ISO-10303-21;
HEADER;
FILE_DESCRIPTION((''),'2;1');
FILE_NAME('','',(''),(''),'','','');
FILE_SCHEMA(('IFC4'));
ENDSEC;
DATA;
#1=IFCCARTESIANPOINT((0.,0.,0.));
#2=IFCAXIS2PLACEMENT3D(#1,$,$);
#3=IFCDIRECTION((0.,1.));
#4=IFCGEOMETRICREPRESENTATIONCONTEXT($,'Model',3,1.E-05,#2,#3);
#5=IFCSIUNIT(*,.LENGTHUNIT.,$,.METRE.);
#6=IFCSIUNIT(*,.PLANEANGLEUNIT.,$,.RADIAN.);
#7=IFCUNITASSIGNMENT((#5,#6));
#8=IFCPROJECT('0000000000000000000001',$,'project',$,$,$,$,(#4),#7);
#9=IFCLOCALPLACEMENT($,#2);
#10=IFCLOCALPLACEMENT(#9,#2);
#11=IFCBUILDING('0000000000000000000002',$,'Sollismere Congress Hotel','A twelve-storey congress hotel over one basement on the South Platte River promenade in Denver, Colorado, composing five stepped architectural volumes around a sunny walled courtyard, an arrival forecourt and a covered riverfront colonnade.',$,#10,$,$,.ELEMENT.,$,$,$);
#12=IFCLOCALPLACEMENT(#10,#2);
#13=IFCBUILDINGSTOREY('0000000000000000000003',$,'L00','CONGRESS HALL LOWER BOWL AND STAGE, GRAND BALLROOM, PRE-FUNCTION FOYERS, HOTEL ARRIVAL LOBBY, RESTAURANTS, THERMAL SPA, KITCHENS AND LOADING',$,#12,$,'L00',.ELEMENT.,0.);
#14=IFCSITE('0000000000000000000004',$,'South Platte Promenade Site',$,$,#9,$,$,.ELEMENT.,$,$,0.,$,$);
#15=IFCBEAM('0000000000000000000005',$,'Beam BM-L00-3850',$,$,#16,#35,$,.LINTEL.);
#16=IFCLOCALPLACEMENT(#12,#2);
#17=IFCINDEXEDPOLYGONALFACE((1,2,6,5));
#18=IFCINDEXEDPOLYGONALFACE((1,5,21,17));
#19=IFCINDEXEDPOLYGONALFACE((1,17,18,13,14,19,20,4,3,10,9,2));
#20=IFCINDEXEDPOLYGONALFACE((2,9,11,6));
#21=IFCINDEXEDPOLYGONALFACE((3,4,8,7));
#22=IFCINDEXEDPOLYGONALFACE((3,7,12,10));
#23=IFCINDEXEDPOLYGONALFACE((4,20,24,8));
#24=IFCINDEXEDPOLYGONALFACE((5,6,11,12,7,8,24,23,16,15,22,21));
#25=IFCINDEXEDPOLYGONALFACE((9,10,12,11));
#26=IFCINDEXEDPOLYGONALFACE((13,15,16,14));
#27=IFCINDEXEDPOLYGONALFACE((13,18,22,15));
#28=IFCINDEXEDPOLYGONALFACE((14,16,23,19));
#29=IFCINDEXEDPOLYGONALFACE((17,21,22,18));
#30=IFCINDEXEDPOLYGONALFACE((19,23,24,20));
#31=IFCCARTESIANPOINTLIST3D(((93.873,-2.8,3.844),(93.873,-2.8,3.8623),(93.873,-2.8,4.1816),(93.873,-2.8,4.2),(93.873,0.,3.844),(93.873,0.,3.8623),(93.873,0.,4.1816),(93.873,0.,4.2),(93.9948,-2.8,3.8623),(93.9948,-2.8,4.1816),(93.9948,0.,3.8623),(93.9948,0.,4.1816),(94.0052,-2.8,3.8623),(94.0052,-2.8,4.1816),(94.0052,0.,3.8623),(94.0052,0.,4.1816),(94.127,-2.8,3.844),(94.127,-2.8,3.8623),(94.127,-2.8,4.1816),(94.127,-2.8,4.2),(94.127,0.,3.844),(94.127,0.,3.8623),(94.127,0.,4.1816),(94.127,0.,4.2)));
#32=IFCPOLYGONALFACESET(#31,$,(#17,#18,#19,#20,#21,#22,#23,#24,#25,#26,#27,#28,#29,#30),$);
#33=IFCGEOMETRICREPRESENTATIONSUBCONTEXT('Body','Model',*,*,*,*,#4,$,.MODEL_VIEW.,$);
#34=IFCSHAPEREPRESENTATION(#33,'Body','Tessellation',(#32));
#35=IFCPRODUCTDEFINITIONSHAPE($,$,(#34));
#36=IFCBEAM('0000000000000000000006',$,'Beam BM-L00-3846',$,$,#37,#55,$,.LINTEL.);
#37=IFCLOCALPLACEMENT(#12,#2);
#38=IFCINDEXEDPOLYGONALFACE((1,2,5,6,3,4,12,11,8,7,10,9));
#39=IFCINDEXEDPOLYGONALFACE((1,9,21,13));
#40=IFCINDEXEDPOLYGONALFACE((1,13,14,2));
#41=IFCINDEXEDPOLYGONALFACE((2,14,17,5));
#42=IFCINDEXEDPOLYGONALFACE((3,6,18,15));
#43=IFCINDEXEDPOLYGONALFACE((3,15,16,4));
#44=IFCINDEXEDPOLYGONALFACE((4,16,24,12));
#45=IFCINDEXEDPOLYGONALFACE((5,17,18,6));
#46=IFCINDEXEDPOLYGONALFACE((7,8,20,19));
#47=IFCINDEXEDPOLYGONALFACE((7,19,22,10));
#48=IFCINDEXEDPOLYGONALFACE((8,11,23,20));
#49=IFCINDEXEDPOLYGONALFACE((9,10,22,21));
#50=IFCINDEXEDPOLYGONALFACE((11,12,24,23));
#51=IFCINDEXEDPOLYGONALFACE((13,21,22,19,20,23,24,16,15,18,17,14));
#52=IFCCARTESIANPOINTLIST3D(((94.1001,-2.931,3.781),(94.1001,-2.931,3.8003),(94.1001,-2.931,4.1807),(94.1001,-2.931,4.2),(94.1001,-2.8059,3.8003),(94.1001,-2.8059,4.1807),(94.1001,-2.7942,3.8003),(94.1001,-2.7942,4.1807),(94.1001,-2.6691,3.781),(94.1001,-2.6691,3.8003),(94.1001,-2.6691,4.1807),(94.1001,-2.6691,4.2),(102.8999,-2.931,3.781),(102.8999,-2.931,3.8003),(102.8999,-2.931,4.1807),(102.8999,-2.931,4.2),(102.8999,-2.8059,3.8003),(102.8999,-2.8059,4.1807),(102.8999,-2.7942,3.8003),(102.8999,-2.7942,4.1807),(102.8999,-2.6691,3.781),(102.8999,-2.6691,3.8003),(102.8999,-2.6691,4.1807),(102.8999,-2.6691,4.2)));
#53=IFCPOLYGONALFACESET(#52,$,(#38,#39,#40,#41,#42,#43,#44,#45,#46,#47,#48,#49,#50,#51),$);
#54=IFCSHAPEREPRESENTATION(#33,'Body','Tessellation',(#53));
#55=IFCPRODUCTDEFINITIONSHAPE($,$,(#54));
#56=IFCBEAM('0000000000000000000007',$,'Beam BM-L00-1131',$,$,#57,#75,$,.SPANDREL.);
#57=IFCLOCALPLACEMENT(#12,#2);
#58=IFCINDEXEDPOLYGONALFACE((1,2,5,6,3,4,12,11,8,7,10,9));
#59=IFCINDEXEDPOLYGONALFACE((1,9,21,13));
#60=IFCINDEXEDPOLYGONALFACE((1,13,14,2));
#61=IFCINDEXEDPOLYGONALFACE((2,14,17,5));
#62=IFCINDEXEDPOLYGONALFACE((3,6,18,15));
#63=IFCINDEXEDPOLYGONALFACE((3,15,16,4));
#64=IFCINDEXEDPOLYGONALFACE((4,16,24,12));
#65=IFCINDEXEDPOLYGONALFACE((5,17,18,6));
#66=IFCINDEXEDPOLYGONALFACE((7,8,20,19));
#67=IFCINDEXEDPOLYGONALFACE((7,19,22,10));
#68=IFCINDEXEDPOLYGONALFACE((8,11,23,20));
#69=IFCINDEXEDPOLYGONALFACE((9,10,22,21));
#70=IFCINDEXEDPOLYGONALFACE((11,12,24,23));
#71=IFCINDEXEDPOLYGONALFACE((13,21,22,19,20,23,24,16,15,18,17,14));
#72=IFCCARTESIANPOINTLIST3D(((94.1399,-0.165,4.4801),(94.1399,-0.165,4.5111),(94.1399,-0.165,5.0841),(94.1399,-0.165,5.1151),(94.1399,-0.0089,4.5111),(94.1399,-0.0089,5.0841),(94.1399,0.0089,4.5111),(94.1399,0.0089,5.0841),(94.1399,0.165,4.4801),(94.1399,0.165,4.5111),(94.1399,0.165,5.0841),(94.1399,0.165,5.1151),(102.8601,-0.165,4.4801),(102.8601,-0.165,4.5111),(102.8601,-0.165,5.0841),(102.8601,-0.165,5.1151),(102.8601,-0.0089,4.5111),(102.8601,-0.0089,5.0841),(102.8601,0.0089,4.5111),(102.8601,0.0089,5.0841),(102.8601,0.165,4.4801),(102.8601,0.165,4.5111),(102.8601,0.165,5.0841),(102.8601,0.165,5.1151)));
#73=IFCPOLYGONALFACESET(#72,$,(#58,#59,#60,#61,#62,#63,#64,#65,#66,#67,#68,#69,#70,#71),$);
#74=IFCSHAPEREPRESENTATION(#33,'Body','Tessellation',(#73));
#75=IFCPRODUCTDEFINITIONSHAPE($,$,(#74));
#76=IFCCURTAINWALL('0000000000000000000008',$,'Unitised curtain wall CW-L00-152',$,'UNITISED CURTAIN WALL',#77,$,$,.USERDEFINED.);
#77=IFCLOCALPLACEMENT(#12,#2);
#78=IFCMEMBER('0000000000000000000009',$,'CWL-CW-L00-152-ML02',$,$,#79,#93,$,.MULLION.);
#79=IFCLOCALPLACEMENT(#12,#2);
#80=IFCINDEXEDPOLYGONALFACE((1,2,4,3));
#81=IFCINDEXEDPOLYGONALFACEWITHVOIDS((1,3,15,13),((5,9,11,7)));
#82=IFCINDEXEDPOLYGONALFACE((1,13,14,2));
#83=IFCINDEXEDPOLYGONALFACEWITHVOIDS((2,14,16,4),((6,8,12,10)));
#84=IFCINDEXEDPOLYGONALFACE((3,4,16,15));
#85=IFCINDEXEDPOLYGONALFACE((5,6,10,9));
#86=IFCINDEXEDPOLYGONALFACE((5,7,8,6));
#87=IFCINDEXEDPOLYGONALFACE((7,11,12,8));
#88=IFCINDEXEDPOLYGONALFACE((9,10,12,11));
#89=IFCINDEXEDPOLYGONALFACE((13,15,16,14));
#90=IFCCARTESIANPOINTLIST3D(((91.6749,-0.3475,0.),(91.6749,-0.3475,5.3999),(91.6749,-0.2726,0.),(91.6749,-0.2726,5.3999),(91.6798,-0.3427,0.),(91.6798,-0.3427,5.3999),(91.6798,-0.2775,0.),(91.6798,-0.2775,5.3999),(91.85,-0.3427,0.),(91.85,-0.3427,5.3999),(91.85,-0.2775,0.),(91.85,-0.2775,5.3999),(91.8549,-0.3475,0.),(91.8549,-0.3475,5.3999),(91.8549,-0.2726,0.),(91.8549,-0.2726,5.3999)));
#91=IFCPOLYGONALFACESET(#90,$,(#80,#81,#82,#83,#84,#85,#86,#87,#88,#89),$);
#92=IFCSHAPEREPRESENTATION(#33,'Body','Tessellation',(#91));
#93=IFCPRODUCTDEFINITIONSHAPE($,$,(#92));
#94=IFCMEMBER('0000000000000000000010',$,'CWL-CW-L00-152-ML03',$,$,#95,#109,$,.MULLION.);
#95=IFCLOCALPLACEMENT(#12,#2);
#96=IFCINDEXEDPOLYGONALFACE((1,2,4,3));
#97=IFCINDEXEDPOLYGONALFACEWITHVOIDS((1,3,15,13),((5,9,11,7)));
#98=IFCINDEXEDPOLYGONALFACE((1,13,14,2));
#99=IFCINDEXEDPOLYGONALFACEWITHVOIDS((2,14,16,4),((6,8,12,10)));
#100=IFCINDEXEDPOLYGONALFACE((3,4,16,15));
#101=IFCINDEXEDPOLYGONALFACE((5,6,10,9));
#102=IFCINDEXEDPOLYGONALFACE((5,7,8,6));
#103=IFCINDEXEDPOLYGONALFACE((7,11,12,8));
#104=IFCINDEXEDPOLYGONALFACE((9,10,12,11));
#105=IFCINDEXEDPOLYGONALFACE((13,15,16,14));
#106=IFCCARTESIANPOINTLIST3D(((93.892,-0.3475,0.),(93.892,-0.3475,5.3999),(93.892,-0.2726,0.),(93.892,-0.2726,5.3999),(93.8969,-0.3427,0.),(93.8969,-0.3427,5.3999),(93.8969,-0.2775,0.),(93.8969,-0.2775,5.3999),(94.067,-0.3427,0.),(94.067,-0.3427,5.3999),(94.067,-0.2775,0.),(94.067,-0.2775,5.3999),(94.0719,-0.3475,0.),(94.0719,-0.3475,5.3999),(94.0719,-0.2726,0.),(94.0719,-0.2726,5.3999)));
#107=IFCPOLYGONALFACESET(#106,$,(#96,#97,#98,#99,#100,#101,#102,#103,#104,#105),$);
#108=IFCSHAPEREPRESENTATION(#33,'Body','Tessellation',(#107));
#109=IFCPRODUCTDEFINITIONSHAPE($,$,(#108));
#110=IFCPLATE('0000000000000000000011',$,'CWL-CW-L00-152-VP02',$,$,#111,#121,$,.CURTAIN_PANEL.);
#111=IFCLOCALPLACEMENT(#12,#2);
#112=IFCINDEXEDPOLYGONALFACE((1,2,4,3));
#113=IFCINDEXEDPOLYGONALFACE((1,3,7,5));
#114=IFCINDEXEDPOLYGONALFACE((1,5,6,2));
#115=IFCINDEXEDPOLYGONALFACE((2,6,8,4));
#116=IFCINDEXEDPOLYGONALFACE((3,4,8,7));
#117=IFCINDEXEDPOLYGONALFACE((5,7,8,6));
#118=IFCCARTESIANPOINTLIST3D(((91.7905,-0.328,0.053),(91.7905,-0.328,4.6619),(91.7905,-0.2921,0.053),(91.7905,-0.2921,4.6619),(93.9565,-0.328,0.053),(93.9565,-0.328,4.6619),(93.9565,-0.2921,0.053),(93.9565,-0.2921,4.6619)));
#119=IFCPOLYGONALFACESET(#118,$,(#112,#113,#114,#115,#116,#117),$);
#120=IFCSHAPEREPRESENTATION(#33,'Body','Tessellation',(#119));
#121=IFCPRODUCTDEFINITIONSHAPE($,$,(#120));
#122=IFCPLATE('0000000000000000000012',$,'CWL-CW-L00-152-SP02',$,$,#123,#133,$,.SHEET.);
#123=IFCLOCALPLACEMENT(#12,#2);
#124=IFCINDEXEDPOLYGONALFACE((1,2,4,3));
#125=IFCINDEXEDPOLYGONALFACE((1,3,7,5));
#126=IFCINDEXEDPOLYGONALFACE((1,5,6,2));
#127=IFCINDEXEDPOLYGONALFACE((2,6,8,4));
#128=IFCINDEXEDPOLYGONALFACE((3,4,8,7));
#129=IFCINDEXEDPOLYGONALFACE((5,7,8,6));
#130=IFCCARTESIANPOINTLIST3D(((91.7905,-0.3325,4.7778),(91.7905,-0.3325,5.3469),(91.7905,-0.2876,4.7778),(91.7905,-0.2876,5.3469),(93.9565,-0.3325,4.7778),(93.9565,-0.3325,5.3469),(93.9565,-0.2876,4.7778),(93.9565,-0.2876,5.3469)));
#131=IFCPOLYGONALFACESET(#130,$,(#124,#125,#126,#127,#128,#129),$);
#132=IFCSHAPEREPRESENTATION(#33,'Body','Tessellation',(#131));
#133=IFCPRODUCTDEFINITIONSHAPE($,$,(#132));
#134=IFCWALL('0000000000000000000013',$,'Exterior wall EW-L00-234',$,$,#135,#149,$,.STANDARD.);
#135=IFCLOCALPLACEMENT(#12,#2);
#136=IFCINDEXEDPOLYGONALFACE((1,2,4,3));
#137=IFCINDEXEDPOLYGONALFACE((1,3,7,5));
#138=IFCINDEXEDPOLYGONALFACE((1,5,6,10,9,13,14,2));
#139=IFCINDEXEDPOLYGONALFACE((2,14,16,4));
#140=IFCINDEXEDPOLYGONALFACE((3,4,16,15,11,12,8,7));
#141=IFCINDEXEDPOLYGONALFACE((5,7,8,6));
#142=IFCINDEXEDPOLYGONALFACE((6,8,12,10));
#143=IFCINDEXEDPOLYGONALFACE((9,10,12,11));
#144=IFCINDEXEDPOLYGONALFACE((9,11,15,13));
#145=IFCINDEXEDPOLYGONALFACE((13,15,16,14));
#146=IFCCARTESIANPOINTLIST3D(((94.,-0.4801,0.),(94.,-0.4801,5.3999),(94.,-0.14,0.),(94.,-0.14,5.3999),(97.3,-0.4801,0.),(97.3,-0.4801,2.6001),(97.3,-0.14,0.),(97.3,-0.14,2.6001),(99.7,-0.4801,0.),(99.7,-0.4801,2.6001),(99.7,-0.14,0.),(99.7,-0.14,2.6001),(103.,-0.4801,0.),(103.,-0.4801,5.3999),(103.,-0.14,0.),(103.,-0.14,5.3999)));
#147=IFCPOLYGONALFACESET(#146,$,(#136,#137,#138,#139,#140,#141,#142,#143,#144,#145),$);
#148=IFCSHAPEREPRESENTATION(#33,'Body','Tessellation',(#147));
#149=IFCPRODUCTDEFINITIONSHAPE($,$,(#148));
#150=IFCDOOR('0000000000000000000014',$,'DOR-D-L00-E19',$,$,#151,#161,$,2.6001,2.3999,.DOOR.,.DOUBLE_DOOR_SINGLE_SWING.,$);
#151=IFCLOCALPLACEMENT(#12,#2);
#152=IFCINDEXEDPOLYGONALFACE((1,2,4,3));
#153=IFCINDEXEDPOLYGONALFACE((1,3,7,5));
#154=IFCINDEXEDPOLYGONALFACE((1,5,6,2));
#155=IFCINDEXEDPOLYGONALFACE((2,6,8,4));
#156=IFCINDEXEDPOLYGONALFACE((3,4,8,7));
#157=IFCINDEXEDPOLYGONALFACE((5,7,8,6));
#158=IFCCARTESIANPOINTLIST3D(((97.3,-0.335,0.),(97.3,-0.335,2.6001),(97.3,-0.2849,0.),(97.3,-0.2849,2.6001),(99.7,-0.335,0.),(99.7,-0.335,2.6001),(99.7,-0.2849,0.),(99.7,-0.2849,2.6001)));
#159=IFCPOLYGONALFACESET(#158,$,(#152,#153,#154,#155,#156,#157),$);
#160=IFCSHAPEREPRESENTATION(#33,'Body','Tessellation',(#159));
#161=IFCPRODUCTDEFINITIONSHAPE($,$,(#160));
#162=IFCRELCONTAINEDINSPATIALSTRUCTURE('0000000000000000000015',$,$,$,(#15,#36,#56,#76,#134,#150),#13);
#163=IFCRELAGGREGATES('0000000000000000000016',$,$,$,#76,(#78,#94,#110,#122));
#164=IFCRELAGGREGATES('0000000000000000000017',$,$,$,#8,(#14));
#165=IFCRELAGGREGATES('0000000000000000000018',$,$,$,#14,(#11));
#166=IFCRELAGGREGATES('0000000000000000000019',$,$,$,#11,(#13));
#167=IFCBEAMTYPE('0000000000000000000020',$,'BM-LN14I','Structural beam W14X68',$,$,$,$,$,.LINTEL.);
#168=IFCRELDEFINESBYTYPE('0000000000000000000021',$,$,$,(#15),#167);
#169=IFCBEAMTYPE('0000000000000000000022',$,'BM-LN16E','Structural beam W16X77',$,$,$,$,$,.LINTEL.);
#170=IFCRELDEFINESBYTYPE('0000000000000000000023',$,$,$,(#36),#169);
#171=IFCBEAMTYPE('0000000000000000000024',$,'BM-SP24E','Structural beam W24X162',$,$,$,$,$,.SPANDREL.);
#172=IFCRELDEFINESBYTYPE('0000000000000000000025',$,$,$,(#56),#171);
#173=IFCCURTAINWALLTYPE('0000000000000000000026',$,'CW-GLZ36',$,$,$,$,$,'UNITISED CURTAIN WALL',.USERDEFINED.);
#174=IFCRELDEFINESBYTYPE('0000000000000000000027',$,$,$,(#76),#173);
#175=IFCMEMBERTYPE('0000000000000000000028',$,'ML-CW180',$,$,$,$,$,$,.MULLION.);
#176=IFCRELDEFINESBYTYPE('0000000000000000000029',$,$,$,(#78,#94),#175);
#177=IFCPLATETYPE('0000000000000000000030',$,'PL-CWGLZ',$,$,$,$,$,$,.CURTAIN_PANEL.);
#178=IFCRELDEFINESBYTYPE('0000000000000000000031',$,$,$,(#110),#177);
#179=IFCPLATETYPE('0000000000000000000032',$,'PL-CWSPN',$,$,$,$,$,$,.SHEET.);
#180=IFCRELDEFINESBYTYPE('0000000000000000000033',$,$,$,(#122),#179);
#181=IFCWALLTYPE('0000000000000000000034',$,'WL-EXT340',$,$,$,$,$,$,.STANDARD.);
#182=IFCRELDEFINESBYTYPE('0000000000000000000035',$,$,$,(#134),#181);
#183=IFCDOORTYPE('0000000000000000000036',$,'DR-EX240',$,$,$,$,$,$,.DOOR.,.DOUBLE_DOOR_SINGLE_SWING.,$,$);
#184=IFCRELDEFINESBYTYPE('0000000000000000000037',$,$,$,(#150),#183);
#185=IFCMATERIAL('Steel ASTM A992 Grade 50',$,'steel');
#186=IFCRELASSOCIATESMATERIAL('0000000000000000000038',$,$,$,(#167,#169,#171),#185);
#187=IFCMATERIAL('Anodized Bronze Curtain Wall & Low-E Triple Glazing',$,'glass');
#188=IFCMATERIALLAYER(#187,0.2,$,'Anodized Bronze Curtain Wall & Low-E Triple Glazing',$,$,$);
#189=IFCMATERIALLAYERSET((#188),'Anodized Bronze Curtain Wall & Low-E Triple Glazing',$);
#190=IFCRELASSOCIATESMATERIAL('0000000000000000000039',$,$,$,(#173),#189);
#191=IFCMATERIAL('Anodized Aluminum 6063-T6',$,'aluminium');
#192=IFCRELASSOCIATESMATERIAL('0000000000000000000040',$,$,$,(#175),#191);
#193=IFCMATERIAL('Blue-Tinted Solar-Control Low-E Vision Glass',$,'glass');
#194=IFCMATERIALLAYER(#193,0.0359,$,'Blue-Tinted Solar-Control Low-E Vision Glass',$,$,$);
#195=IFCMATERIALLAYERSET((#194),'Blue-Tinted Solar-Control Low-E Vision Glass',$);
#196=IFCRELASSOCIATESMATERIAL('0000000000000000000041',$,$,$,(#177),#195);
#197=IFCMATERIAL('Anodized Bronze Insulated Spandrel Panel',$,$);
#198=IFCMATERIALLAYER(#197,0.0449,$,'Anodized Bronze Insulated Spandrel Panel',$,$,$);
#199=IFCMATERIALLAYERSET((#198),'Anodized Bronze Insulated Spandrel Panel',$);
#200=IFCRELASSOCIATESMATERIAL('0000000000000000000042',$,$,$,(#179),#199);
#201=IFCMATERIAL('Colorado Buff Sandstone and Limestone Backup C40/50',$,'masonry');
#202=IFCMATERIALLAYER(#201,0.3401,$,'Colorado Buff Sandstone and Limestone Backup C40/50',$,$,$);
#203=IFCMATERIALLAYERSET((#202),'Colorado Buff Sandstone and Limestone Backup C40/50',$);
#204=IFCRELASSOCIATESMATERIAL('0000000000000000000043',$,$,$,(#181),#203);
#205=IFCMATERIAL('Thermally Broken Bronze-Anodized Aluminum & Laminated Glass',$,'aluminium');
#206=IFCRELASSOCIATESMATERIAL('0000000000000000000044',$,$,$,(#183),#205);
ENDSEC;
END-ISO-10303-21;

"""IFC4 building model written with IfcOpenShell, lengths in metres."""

from ifc_helpers import new_model, si_unit, direction, frame, frame_2d, origin, origin_2d, place, context, subcontext, project, spatial, rectangle, hollow_rectangle, i_section, extrude, material, layer, layer_set, material_profile, profile_set, type_object, element, fill, aggregate, save


model = new_model("IFC4")

# Units and contexts
model_context = context("Model", 3, precision=1e-05, world=origin(), true_north=direction((0.0, 1.0)))
body_context = subcontext(model_context, "Body", "Model", "MODEL_VIEW")
ifc_project = project(units=[si_unit("LENGTHUNIT", "METRE"), si_unit("PLANEANGLEUNIT", "RADIAN")], contexts=[model_context])

# Site, building, storey
site_placement = place(None, origin())
site = spatial("IfcSite", under=ifc_project, at=site_placement, Name="South Platte Promenade Site", CompositionType="ELEMENT", RefElevation=0.0)
building_placement = place(site_placement, origin())
building = spatial("IfcBuilding", under=site, at=building_placement, Name="Sollismere Congress Hotel", Description="A twelve-storey congress hotel over one basement on the South Platte River promenade in Denver, Colorado, composing five stepped architectural volumes around a sunny walled courtyard, an arrival forecourt and a covered riverfront colonnade.", CompositionType="ELEMENT")
storey_placement = place(building_placement, origin())
storey = spatial("IfcBuildingStorey", under=building, at=storey_placement, Name="L00", Description="CONGRESS HALL LOWER BOWL AND STAGE, GRAND BALLROOM, PRE-FUNCTION FOYERS, HOTEL ARRIVAL LOBBY, RESTAURANTS, THERMAL SPA, KITCHENS AND LOADING", LongName="L00", CompositionType="ELEMENT", Elevation=0.0)

# Shared definitions
ifc_material_1 = material(Name="Steel ASTM A992 Grade 50", Category="steel")

# Beams
ifc_material_profile_1 = material_profile(ifc_material_1, i_section(OverallWidth=0.2539, OverallDepth=0.356, WebThickness=0.0105, FlangeThickness=0.0183, at=origin_2d()), Name="W14X68")
ifc_profile_set_1 = profile_set([ifc_material_profile_1], Name="Steel ASTM A992 Grade 50")
beam_type_1 = type_object("IfcBeamType", Name="BM-LN14I", Description="Structural beam W14X68", PredefinedType="LINTEL", material=ifc_profile_set_1)
beam_1_placement = place(storey_placement, frame((94.0, -2.8, 4.022), z_axis=(0.0, 1.0, 0.0), x_axis=(-1.0, 0.0, 0.0)))
element("IfcBeam", 1, at=beam_1_placement, inside=storey, type_object=beam_type_1, Name="Beam BM-L00-3850", PredefinedType="LINTEL", context=body_context, shape_type="SweptSolid", body=[
    extrude(i_section(OverallWidth=0.2539, OverallDepth=0.356, WebThickness=0.0105, FlangeThickness=0.0183, at=origin_2d()), origin(), (0.0, 0.0, 1.0), 2.8),
])
ifc_material_profile_2 = material_profile(ifc_material_1, i_section(OverallWidth=0.262, OverallDepth=0.4189, WebThickness=0.0117, FlangeThickness=0.0193, at=origin_2d()), Name="W16X77")
ifc_profile_set_2 = profile_set([ifc_material_profile_2], Name="Steel ASTM A992 Grade 50")
beam_type_2 = type_object("IfcBeamType", Name="BM-LN16E", Description="Structural beam W16X77", PredefinedType="LINTEL", material=ifc_profile_set_2)
beam_2_placement = place(storey_placement, frame((94.1001, -2.8, 3.9905), z_axis=(1.0, 0.0, 0.0), x_axis=(0.0, 1.0, 0.0)))
element("IfcBeam", 2, at=beam_2_placement, inside=storey, type_object=beam_type_2, Name="Beam BM-L00-3846", PredefinedType="LINTEL", context=body_context, shape_type="SweptSolid", body=[
    extrude(i_section(OverallWidth=0.262, OverallDepth=0.4189, WebThickness=0.0117, FlangeThickness=0.0193, at=origin_2d()), origin(), (0.0, 0.0, 1.0), 8.7998),
])
ifc_material_profile_3 = material_profile(ifc_material_1, i_section(OverallWidth=0.3301, OverallDepth=0.635, WebThickness=0.0178, FlangeThickness=0.031, at=origin_2d()), Name="W24X162")
ifc_profile_set_3 = profile_set([ifc_material_profile_3], Name="Steel ASTM A992 Grade 50")
beam_type_3 = type_object("IfcBeamType", Name="BM-SP24E", Description="Structural beam W24X162", PredefinedType="SPANDREL", material=ifc_profile_set_3)
beam_3_placement = place(storey_placement, frame((94.1399, 0.0, 4.7976), z_axis=(1.0, 0.0, 0.0), x_axis=(0.0, 1.0, 0.0)))
element("IfcBeam", 3, at=beam_3_placement, inside=storey, type_object=beam_type_3, Name="Beam BM-L00-1131", PredefinedType="SPANDREL", context=body_context, shape_type="SweptSolid", body=[
    extrude(i_section(OverallWidth=0.3301, OverallDepth=0.635, WebThickness=0.0178, FlangeThickness=0.031, at=origin_2d()), origin(), (0.0, 0.0, 1.0), 8.7202),
])

# Curtain wall, members, plates
ifc_material_2 = material(Name="Anodized Bronze Curtain Wall & Low-E Triple Glazing", Category="glass")
ifc_layer_1 = layer(ifc_material_2, 0.2, Name="Anodized Bronze Curtain Wall & Low-E Triple Glazing")
ifc_layer_set_1 = layer_set([ifc_layer_1], Name="Anodized Bronze Curtain Wall & Low-E Triple Glazing")
curtain_wall_type = type_object("IfcCurtainWallType", Name="CW-GLZ36", ElementType="UNITISED CURTAIN WALL", PredefinedType="USERDEFINED", material=ifc_layer_set_1)
curtain_wall_placement = place(storey_placement, origin())
curtain_wall = element("IfcCurtainWall", 4, at=curtain_wall_placement, inside=storey, type_object=curtain_wall_type, Name="Unitised curtain wall CW-L00-152", ObjectType="UNITISED CURTAIN WALL", PredefinedType="USERDEFINED")
ifc_material_3 = material(Name="Anodized Aluminum 6063-T6", Category="aluminium")
ifc_material_profile_4 = material_profile(ifc_material_3, hollow_rectangle(XDim=0.075, YDim=0.1799, WallThickness=0.0049, at=origin_2d()), Name="ALU180X75X5")
ifc_profile_set_4 = profile_set([ifc_material_profile_4], Name="Anodized Aluminum 6063-T6")
member_type = type_object("IfcMemberType", Name="ML-CW180", PredefinedType="MULLION", material=ifc_profile_set_4)
member_1_placement = place(storey_placement, frame((91.7649, -0.3101, 0.0), z_axis=(0.0, 0.0, 1.0), x_axis=(0.0, 1.0, 0.0)))
member_1 = element("IfcMember", 5, at=member_1_placement, type_object=member_type, Name="CWL-CW-L00-152-ML02", PredefinedType="MULLION", context=body_context, shape_type="SweptSolid", body=[
    extrude(hollow_rectangle(XDim=0.075, YDim=0.1799, WallThickness=0.0049, at=origin_2d()), origin(), (0.0, 0.0, 1.0), 5.3999),
])
member_2_placement = place(storey_placement, frame((93.9819, -0.3101, 0.0), z_axis=(0.0, 0.0, 1.0), x_axis=(0.0, 1.0, 0.0)))
member_2 = element("IfcMember", 6, at=member_2_placement, type_object=member_type, Name="CWL-CW-L00-152-ML03", PredefinedType="MULLION", context=body_context, shape_type="SweptSolid", body=[
    extrude(hollow_rectangle(XDim=0.075, YDim=0.1799, WallThickness=0.0049, at=origin_2d()), origin(), (0.0, 0.0, 1.0), 5.3999),
])
ifc_material_4 = material(Name="Blue-Tinted Solar-Control Low-E Vision Glass", Category="glass")
ifc_layer_2 = layer(ifc_material_4, 0.0359, Name="Blue-Tinted Solar-Control Low-E Vision Glass")
ifc_layer_set_2 = layer_set([ifc_layer_2], Name="Blue-Tinted Solar-Control Low-E Vision Glass")
plate_type_1 = type_object("IfcPlateType", Name="PL-CWGLZ", PredefinedType="CURTAIN_PANEL", material=ifc_layer_set_2)
plate_1_placement = place(storey_placement, frame((92.8735, -0.3101, 0.053), z_axis=(0.0, 0.0, 1.0), x_axis=(1.0, 0.0, 0.0)))
plate_1 = element("IfcPlate", 7, at=plate_1_placement, type_object=plate_type_1, Name="CWL-CW-L00-152-VP02", PredefinedType="CURTAIN_PANEL", context=body_context, shape_type="SweptSolid", body=[
    extrude(rectangle(XDim=2.166, YDim=0.0359, at=origin_2d()), origin(), (0.0, 0.0, 1.0), 4.6089),
])
ifc_material_5 = material(Name="Anodized Bronze Insulated Spandrel Panel")
ifc_layer_3 = layer(ifc_material_5, 0.0449, Name="Anodized Bronze Insulated Spandrel Panel")
ifc_layer_set_3 = layer_set([ifc_layer_3], Name="Anodized Bronze Insulated Spandrel Panel")
plate_type_2 = type_object("IfcPlateType", Name="PL-CWSPN", PredefinedType="SHEET", material=ifc_layer_set_3)
plate_2_placement = place(storey_placement, frame((92.8735, -0.3101, 4.7778), z_axis=(0.0, 0.0, 1.0), x_axis=(1.0, 0.0, 0.0)))
plate_2 = element("IfcPlate", 8, at=plate_2_placement, type_object=plate_type_2, Name="CWL-CW-L00-152-SP02", PredefinedType="SHEET", context=body_context, shape_type="SweptSolid", body=[
    extrude(rectangle(XDim=2.166, YDim=0.0449, at=origin_2d()), origin(), (0.0, 0.0, 1.0), 0.5691),
])
aggregate(curtain_wall, [member_1, member_2, plate_1, plate_2])

# Wall, opening, door
ifc_material_6 = material(Name="Colorado Buff Sandstone and Limestone Backup C40/50", Category="masonry")
ifc_layer_4 = layer(ifc_material_6, 0.3401, Name="Colorado Buff Sandstone and Limestone Backup C40/50")
ifc_layer_set_4 = layer_set([ifc_layer_4], Name="Colorado Buff Sandstone and Limestone Backup C40/50")
wall_type_1 = type_object("IfcWallType", Name="WL-EXT340", PredefinedType="STANDARD", material=ifc_layer_set_4)
wall_1_placement = place(storey_placement, frame((94.0, -0.3101, 0.0), z_axis=(0.0, 0.0, 1.0), x_axis=(1.0, 0.0, 0.0)))
wall_1 = element("IfcWall", 9, at=wall_1_placement, inside=storey, type_object=wall_type_1, Name="Exterior wall EW-L00-234", PredefinedType="STANDARD", context=body_context, shape_type="SweptSolid", body=[
    extrude(rectangle(XDim=9.0, YDim=0.3401, at=frame_2d((4.5, 0.0))), origin(), (0.0, 0.0, 1.0), 5.3999),
])
opening_1_placement = place(wall_1_placement, frame((3.3, 0.0, 0.0)))
opening_1 = element("IfcOpeningElement", 10, at=opening_1_placement, cuts=wall_1, PredefinedType="OPENING", context=body_context, shape_type="SweptSolid", body=[
    extrude(rectangle(XDim=2.3999, YDim=2.6001, at=frame_2d((1.2, 1.3))), frame((0.0, 0.1799, 0.0), z_axis=(0.0, -1.0, 0.0), x_axis=(1.0, 0.0, 0.0)), (0.0, 0.0, 1.0), 0.3601),
])
ifc_material_7 = material(Name="Thermally Broken Bronze-Anodized Aluminum & Laminated Glass", Category="aluminium")
door_type_1 = type_object("IfcDoorType", Name="DR-EX240", OperationType="DOUBLE_DOOR_SINGLE_SWING", PredefinedType="DOOR", material=ifc_material_7)
door_1_placement = place(opening_1_placement, frame((2.3999, 0.0, 0.0), z_axis=(0.0, 0.0, 1.0), x_axis=(-1.0, 0.0, 0.0)))
door_1 = element("IfcDoor", 11, at=door_1_placement, inside=storey, type_object=door_type_1, Name="DOR-D-L00-E19", OperationType="DOUBLE_DOOR_SINGLE_SWING", OverallHeight=2.6001, OverallWidth=2.3999, PredefinedType="DOOR", context=body_context, shape_type="SweptSolid", body=[
    extrude(rectangle(XDim=2.3999, YDim=2.6001, at=frame_2d((1.2, 1.3))), frame((0.0, 0.0249, 0.0), z_axis=(0.0, -1.0, 0.0), x_axis=(1.0, 0.0, 0.0)), (0.0, 0.0, 1.0), 0.05),
])
fill(opening_1, door_1)

save(model, "model.ifc")
